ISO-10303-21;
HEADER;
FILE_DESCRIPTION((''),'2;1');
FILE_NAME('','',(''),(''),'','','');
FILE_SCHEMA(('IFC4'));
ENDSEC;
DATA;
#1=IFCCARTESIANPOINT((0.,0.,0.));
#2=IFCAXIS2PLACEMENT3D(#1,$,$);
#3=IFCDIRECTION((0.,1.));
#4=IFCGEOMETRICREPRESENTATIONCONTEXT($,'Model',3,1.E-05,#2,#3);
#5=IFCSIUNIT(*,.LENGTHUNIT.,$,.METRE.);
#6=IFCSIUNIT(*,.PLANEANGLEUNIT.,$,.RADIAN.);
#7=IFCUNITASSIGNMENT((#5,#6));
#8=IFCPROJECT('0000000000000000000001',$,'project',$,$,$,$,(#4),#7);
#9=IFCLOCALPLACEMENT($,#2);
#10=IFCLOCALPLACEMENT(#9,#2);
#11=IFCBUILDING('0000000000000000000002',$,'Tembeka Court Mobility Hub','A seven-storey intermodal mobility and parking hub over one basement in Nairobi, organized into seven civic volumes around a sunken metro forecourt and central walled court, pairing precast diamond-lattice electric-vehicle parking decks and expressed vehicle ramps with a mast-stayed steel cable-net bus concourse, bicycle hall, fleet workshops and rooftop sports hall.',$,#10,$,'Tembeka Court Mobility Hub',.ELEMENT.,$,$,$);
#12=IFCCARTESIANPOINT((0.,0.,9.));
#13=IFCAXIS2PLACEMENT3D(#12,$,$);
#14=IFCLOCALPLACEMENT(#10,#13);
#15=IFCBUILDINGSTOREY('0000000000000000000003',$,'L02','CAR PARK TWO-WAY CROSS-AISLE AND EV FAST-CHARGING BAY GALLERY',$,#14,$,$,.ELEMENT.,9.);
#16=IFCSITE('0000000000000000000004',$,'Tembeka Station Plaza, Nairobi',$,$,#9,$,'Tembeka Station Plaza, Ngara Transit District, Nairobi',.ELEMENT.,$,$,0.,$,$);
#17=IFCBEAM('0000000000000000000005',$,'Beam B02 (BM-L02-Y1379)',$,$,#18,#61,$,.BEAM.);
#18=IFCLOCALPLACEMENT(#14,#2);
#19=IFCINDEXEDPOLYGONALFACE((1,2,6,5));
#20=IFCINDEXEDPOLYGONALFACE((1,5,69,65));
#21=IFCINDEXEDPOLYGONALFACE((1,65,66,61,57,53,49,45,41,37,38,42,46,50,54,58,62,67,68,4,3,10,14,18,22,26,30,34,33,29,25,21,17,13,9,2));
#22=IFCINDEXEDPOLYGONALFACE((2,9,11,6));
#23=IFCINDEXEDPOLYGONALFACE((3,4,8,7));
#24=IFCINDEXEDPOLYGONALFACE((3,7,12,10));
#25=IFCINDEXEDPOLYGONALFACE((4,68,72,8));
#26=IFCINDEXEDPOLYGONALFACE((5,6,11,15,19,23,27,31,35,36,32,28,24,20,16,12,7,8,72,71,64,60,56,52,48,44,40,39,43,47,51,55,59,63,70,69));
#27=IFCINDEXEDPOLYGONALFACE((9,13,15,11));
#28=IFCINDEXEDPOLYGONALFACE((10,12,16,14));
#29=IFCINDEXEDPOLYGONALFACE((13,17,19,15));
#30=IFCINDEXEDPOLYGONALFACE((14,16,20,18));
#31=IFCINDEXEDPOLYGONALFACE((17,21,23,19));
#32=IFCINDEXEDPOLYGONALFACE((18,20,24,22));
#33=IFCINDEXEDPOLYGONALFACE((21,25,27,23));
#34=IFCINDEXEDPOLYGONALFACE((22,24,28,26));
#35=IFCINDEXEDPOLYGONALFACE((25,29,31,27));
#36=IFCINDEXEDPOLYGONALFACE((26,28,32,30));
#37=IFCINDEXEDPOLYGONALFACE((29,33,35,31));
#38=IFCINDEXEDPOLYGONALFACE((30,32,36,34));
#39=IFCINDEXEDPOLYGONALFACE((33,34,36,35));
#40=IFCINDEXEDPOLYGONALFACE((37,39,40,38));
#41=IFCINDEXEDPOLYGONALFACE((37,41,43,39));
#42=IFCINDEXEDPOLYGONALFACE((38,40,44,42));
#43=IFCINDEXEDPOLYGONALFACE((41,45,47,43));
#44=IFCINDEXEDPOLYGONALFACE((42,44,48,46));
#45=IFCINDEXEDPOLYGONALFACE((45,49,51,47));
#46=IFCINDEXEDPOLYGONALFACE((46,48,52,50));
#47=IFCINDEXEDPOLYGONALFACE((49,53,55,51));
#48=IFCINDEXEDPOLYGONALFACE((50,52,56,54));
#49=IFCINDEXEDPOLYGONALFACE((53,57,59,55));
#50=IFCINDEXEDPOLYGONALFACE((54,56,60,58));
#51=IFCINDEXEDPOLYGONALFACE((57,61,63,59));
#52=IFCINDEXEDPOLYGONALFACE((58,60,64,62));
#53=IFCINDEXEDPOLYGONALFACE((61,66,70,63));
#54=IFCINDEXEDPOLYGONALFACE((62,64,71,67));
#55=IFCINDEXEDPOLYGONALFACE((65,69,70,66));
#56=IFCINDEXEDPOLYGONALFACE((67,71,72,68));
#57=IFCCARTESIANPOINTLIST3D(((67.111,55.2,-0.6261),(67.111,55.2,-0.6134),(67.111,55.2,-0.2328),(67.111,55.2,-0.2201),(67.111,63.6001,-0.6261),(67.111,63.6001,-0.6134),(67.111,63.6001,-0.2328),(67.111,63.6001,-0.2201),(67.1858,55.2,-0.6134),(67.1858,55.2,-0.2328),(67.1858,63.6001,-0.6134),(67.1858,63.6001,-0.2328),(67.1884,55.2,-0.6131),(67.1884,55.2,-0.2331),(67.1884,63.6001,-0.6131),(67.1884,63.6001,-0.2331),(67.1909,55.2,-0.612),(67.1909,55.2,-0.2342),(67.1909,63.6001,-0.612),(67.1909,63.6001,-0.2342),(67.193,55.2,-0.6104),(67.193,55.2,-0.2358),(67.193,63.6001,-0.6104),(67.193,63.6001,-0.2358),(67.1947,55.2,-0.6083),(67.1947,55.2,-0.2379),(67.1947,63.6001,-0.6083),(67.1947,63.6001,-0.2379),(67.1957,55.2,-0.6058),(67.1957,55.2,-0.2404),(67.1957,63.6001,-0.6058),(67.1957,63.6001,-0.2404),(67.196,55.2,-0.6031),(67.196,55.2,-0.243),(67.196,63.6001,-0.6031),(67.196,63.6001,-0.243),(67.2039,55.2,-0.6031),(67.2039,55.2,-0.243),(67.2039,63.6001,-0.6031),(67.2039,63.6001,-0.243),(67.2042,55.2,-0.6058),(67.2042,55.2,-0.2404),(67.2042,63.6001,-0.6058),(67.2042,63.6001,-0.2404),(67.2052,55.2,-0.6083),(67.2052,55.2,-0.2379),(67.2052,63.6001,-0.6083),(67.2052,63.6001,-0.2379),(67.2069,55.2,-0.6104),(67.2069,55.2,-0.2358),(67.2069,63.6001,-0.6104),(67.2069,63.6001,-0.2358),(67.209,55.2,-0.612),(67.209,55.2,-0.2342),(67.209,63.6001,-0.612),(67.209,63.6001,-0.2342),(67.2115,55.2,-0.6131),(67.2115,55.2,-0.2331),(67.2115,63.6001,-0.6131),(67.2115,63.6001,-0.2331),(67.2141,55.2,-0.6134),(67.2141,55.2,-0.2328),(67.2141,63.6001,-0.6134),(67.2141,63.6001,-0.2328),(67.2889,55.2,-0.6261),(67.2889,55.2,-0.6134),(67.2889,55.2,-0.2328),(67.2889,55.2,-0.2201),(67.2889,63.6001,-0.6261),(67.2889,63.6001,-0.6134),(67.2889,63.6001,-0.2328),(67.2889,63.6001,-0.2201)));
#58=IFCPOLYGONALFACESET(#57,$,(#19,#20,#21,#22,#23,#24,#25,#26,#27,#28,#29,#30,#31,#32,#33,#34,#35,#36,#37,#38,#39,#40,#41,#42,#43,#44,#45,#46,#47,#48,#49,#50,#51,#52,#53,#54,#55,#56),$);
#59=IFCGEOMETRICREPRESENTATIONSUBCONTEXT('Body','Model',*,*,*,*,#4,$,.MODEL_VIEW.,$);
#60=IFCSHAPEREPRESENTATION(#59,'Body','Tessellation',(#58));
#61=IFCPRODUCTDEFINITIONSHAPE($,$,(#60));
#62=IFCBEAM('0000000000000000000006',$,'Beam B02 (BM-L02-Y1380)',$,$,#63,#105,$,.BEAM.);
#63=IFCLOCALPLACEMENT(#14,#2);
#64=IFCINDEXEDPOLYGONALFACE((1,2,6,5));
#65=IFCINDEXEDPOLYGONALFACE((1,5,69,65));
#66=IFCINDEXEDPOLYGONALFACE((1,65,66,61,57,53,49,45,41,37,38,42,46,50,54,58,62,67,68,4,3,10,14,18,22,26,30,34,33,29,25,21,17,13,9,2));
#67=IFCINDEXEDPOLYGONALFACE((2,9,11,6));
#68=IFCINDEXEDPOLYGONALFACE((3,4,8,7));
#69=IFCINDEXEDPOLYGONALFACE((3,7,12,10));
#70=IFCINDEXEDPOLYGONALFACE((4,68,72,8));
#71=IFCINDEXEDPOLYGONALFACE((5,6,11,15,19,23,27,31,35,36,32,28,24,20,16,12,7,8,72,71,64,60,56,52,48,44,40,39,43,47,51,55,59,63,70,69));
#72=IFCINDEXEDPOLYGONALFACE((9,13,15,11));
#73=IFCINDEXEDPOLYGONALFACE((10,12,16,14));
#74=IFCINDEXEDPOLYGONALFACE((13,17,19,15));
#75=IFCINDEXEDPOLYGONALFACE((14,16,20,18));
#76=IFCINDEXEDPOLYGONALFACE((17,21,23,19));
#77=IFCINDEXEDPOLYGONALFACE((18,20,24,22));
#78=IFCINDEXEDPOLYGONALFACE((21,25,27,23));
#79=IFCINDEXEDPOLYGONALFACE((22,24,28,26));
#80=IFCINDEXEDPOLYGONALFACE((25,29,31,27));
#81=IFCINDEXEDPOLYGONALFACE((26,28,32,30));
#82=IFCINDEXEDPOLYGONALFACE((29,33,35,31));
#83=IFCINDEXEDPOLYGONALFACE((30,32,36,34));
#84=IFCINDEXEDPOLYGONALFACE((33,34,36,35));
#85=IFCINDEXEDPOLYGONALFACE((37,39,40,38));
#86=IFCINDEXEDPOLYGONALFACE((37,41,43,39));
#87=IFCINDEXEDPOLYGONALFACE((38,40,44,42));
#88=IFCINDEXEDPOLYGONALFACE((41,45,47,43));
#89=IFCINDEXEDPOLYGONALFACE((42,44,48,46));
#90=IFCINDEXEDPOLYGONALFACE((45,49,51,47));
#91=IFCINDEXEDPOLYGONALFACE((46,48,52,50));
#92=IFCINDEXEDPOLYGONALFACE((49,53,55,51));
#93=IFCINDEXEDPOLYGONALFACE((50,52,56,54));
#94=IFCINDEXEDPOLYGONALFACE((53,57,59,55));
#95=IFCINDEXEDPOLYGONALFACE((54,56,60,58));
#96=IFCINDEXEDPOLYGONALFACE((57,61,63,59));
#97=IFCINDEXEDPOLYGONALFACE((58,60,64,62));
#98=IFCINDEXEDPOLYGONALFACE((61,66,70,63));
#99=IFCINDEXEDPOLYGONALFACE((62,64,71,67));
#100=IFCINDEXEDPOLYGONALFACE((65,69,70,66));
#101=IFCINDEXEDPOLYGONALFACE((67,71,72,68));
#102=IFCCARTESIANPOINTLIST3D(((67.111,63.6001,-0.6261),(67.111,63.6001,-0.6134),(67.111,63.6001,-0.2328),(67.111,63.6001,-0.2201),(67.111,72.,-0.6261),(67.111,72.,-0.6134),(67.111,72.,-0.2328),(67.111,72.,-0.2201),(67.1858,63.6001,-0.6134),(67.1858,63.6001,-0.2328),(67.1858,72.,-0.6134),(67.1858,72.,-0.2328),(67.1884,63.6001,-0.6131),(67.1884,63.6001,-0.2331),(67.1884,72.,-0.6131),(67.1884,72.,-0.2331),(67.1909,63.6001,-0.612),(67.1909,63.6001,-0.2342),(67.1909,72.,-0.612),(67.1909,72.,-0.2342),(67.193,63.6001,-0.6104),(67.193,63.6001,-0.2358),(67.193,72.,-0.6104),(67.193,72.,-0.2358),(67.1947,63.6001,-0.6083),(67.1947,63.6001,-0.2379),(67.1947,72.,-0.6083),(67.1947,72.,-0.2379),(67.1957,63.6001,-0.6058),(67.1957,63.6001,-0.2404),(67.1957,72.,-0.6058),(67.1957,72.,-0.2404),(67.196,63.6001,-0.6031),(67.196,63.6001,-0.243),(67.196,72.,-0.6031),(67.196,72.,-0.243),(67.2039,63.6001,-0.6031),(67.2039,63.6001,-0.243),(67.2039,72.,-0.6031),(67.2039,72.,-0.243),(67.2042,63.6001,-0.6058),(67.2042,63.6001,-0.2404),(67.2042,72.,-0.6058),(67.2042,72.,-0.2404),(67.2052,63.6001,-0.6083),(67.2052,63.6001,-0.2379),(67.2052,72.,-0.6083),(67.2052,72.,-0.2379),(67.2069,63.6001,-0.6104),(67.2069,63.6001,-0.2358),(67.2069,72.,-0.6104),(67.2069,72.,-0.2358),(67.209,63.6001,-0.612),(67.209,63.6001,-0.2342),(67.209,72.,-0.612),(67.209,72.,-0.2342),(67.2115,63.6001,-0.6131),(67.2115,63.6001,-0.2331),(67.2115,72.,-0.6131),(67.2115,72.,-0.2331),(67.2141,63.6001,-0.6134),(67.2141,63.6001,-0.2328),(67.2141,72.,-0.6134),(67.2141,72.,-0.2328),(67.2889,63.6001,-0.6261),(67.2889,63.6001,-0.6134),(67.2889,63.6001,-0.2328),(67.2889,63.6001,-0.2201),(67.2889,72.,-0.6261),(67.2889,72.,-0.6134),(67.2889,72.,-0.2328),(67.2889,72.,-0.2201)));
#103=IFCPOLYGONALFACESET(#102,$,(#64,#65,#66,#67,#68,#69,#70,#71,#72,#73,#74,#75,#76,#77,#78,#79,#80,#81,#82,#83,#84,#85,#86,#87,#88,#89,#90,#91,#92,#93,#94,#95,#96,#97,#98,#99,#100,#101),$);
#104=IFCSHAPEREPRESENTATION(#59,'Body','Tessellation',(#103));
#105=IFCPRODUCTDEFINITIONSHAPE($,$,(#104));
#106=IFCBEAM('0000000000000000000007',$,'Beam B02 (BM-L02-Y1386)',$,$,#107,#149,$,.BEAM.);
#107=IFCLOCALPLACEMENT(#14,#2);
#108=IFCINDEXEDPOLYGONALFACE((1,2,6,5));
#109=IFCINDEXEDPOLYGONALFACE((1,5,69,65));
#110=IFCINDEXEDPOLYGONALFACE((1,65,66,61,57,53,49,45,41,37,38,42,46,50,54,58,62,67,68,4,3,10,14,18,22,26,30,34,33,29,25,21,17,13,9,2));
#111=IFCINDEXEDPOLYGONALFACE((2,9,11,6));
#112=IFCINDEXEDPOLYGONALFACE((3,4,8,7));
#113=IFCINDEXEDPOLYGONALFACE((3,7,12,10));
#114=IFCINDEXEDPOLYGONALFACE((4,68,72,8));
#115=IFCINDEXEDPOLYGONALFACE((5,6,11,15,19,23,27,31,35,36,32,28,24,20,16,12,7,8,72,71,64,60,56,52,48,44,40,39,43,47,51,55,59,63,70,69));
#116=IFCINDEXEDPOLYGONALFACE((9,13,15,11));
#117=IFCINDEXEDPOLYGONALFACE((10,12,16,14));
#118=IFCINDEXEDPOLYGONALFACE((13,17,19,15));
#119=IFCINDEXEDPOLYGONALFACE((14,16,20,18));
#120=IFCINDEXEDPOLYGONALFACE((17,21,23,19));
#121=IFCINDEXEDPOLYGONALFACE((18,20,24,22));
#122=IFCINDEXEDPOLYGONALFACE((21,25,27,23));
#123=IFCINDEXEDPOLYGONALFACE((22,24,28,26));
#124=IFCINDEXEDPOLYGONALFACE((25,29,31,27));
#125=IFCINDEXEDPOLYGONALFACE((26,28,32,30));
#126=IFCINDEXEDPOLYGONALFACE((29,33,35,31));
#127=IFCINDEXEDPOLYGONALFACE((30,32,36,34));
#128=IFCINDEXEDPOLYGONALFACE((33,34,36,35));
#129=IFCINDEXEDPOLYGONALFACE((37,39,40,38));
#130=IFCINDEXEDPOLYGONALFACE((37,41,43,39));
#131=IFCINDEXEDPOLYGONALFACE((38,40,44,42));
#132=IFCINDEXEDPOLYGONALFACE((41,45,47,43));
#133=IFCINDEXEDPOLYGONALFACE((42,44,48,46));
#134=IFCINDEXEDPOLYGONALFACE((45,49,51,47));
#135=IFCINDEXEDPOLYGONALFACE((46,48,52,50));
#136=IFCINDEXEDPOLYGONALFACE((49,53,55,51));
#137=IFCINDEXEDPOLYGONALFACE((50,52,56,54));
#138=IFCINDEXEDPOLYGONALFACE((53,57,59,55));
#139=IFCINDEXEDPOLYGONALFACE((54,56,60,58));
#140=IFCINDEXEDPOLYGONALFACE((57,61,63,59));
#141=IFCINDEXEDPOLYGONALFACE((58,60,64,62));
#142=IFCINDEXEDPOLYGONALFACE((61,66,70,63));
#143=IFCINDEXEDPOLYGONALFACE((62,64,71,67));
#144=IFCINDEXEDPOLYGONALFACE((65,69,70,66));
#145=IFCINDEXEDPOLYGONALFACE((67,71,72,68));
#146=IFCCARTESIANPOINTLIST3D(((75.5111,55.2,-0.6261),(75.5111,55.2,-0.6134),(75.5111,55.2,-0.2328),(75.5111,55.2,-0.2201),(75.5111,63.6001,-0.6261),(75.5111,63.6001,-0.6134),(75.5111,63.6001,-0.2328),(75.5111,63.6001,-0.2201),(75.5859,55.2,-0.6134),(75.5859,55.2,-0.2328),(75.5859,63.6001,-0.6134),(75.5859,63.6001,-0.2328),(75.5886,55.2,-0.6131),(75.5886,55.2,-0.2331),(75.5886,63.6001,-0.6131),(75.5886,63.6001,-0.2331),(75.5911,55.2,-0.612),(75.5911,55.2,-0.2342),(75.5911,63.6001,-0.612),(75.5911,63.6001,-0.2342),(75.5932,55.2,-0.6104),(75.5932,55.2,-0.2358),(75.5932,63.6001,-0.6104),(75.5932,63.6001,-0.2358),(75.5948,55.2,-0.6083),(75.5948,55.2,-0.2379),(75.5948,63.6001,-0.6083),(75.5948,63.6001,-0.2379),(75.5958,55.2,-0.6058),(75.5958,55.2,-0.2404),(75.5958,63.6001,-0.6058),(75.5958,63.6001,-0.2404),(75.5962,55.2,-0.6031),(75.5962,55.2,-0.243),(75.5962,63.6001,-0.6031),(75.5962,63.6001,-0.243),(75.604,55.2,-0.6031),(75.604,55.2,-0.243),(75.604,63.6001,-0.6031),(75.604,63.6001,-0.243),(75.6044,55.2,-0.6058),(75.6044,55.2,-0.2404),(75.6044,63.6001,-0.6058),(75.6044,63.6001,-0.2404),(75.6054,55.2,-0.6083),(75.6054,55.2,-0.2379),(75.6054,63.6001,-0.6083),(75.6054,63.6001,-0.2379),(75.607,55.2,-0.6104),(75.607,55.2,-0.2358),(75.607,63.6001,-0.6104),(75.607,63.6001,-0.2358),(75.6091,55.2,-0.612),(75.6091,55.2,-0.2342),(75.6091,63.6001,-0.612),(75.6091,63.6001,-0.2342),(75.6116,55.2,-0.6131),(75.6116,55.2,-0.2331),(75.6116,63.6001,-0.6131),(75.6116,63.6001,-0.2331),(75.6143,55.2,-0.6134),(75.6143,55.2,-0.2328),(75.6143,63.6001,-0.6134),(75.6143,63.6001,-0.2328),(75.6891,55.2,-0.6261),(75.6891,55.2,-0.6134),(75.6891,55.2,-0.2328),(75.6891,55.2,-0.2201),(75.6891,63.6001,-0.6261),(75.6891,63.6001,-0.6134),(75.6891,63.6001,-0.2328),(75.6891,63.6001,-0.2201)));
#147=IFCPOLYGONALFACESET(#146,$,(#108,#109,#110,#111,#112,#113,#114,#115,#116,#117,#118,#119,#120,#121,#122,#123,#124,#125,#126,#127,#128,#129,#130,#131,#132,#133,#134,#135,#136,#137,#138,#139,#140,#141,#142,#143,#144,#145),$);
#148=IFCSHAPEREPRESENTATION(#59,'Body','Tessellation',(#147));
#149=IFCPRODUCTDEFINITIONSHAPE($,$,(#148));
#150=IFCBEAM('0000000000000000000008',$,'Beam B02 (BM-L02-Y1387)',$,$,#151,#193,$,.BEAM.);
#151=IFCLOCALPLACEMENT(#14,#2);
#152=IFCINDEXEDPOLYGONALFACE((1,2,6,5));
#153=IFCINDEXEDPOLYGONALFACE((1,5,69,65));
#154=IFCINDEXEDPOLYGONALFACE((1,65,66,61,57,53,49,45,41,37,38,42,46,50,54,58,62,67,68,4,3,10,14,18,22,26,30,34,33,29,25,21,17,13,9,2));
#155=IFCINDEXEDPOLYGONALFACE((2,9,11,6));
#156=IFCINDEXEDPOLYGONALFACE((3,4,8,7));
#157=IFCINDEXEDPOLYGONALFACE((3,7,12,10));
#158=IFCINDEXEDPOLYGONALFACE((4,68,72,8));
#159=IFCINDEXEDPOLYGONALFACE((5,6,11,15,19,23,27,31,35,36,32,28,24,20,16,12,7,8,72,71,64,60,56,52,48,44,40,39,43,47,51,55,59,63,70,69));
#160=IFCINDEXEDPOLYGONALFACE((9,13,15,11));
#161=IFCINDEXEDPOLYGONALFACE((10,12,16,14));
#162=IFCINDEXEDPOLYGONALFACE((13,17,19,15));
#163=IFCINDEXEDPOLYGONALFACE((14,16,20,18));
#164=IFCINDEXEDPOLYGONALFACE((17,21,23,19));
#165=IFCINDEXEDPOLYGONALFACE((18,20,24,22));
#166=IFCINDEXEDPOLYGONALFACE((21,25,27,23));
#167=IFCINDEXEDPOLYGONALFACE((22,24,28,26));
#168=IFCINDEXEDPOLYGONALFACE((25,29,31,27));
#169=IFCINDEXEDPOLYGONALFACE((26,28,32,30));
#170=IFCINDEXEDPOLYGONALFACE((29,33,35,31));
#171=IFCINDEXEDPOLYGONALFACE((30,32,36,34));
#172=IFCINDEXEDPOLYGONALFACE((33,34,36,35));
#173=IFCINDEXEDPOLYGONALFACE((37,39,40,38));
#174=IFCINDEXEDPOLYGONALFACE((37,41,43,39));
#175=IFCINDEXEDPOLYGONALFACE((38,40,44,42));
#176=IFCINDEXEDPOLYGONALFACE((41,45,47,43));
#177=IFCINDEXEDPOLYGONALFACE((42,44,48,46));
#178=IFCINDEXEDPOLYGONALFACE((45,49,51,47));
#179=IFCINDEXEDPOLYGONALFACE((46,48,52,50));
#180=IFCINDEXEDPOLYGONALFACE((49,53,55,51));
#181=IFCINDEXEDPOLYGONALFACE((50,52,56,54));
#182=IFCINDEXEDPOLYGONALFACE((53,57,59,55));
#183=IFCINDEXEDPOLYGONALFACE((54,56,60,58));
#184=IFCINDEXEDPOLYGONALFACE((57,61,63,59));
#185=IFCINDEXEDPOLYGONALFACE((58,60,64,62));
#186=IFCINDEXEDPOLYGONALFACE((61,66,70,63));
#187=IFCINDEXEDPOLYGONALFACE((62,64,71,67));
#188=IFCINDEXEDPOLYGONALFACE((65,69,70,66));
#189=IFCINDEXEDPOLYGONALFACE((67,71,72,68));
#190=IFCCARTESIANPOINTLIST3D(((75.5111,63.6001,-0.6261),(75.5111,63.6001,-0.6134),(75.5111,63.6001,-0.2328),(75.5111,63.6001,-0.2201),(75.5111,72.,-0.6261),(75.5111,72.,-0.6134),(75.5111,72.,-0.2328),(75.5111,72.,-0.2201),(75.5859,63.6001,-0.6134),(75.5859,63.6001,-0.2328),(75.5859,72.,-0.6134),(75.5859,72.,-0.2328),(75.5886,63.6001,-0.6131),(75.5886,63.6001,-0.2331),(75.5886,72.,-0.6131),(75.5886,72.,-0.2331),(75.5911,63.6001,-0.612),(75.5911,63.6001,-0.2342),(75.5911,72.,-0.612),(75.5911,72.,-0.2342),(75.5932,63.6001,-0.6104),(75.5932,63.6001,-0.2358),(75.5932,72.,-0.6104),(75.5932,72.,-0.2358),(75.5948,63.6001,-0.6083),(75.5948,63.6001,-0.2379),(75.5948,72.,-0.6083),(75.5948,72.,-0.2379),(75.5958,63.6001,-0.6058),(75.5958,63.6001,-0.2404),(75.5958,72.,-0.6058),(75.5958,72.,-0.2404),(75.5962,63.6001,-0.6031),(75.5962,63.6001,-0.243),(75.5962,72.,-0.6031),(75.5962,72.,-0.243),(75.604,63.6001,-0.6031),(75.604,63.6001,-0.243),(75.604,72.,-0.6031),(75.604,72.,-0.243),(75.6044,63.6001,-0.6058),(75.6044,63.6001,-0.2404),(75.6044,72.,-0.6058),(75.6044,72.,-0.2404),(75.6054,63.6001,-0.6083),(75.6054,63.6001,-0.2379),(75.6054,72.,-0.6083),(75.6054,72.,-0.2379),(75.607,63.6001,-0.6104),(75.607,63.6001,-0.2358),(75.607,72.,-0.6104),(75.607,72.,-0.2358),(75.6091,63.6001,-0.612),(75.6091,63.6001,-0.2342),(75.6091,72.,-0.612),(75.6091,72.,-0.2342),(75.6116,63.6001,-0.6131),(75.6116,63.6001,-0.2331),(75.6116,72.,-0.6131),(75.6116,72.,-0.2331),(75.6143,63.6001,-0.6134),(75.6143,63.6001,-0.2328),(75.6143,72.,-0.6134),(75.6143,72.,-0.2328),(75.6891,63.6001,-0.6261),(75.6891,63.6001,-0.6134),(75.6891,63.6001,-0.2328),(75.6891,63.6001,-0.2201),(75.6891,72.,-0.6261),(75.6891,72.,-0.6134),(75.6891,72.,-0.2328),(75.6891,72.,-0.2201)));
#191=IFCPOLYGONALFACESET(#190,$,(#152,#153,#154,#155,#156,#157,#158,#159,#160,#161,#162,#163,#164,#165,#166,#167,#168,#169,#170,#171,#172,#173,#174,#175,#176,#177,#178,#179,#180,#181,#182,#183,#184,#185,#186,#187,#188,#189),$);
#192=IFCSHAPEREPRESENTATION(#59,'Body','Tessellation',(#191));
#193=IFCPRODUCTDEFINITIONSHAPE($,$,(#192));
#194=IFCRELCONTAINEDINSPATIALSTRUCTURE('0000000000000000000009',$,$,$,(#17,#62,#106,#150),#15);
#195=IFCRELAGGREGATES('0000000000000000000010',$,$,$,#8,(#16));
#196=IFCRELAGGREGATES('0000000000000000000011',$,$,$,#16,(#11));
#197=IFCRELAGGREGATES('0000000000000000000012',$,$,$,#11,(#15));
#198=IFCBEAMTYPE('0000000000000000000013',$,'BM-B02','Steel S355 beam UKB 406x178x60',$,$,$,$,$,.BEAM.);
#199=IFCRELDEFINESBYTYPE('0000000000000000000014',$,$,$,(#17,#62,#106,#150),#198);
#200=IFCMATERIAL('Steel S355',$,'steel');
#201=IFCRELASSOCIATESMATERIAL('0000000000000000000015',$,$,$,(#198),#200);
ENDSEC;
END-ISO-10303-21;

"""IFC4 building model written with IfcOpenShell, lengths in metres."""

from ifc_helpers import new_model, si_unit, direction, frame, origin, origin_2d, place, context, subcontext, project, spatial, i_section, extrude, material, material_profile, profile_set, type_object, element, save


model = new_model("IFC4")

# Units and contexts
model_context = context("Model", 3, precision=1e-05, world=origin(), true_north=direction((0.0, 1.0)))
body_context = subcontext(model_context, "Body", "Model", "MODEL_VIEW")
ifc_project = project(units=[si_unit("LENGTHUNIT", "METRE"), si_unit("PLANEANGLEUNIT", "RADIAN")], contexts=[model_context])

# Site, building, storey
site_placement = place(None, origin())
site = spatial("IfcSite", under=ifc_project, at=site_placement, Name="Tembeka Station Plaza, Nairobi", LongName="Tembeka Station Plaza, Ngara Transit District, Nairobi", CompositionType="ELEMENT", RefElevation=0.0)
building_placement = place(site_placement, origin())
building = spatial("IfcBuilding", under=site, at=building_placement, Name="Tembeka Court Mobility Hub", Description="A seven-storey intermodal mobility and parking hub over one basement in Nairobi, organized into seven civic volumes around a sunken metro forecourt and central walled court, pairing precast diamond-lattice electric-vehicle parking decks and expressed vehicle ramps with a mast-stayed steel cable-net bus concourse, bicycle hall, fleet workshops and rooftop sports hall.", LongName="Tembeka Court Mobility Hub", CompositionType="ELEMENT")
storey_placement = place(building_placement, frame((0.0, 0.0, 9.0)))
storey = spatial("IfcBuildingStorey", under=building, at=storey_placement, Name="L02", Description="CAR PARK TWO-WAY CROSS-AISLE AND EV FAST-CHARGING BAY GALLERY", CompositionType="ELEMENT", Elevation=9.0)

# Shared definitions
ifc_material_1 = material(Name="Steel S355", Category="steel")

# Beams
ifc_material_profile_1 = material_profile(ifc_material_1, i_section(OverallWidth=0.178, OverallDepth=0.406, WebThickness=0.0078, FlangeThickness=0.0127, FilletRadius=0.0103, at=origin_2d()), Name="UKB 406x178x60")
ifc_profile_set_1 = profile_set([ifc_material_profile_1], Name="Steel S355")
beam_type_1 = type_object("IfcBeamType", Name="BM-B02", Description="Steel S355 beam UKB 406x178x60", PredefinedType="BEAM", material=ifc_profile_set_1)
beam_1_placement = place(storey_placement, frame((67.2, 55.2, -0.4231), z_axis=(0.0, 1.0, 0.0), x_axis=(-1.0, 0.0, 0.0)))
element("IfcBeam", 1, at=beam_1_placement, inside=storey, type_object=beam_type_1, Name="Beam B02 (BM-L02-Y1379)", PredefinedType="BEAM", context=body_context, shape_type="SweptSolid", body=[
    extrude(i_section(OverallWidth=0.178, OverallDepth=0.406, WebThickness=0.0078, FlangeThickness=0.0127, FilletRadius=0.0103, at=origin_2d()), origin(), (0.0, 0.0, 1.0), 8.4001),
])
beam_2_placement = place(storey_placement, frame((67.2, 63.6001, -0.4231), z_axis=(0.0, 1.0, 0.0), x_axis=(-1.0, 0.0, 0.0)))
element("IfcBeam", 2, at=beam_2_placement, inside=storey, type_object=beam_type_1, Name="Beam B02 (BM-L02-Y1380)", PredefinedType="BEAM", context=body_context, shape_type="SweptSolid", body=[
    extrude(i_section(OverallWidth=0.178, OverallDepth=0.406, WebThickness=0.0078, FlangeThickness=0.0127, FilletRadius=0.0103, at=origin_2d()), origin(), (0.0, 0.0, 1.0), 8.3999),
])
beam_3_placement = place(storey_placement, frame((75.6001, 55.2, -0.4231), z_axis=(0.0, 1.0, 0.0), x_axis=(-1.0, 0.0, 0.0)))
element("IfcBeam", 3, at=beam_3_placement, inside=storey, type_object=beam_type_1, Name="Beam B02 (BM-L02-Y1386)", PredefinedType="BEAM", context=body_context, shape_type="SweptSolid", body=[
    extrude(i_section(OverallWidth=0.178, OverallDepth=0.406, WebThickness=0.0078, FlangeThickness=0.0127, FilletRadius=0.0103, at=origin_2d()), origin(), (0.0, 0.0, 1.0), 8.4001),
])
beam_4_placement = place(storey_placement, frame((75.6001, 63.6001, -0.4231), z_axis=(0.0, 1.0, 0.0), x_axis=(-1.0, 0.0, 0.0)))
element("IfcBeam", 4, at=beam_4_placement, inside=storey, type_object=beam_type_1, Name="Beam B02 (BM-L02-Y1387)", PredefinedType="BEAM", context=body_context, shape_type="SweptSolid", body=[
    extrude(i_section(OverallWidth=0.178, OverallDepth=0.406, WebThickness=0.0078, FlangeThickness=0.0127, FilletRadius=0.0103, at=origin_2d()), origin(), (0.0, 0.0, 1.0), 8.3999),
])

save(model, "model.ifc")
